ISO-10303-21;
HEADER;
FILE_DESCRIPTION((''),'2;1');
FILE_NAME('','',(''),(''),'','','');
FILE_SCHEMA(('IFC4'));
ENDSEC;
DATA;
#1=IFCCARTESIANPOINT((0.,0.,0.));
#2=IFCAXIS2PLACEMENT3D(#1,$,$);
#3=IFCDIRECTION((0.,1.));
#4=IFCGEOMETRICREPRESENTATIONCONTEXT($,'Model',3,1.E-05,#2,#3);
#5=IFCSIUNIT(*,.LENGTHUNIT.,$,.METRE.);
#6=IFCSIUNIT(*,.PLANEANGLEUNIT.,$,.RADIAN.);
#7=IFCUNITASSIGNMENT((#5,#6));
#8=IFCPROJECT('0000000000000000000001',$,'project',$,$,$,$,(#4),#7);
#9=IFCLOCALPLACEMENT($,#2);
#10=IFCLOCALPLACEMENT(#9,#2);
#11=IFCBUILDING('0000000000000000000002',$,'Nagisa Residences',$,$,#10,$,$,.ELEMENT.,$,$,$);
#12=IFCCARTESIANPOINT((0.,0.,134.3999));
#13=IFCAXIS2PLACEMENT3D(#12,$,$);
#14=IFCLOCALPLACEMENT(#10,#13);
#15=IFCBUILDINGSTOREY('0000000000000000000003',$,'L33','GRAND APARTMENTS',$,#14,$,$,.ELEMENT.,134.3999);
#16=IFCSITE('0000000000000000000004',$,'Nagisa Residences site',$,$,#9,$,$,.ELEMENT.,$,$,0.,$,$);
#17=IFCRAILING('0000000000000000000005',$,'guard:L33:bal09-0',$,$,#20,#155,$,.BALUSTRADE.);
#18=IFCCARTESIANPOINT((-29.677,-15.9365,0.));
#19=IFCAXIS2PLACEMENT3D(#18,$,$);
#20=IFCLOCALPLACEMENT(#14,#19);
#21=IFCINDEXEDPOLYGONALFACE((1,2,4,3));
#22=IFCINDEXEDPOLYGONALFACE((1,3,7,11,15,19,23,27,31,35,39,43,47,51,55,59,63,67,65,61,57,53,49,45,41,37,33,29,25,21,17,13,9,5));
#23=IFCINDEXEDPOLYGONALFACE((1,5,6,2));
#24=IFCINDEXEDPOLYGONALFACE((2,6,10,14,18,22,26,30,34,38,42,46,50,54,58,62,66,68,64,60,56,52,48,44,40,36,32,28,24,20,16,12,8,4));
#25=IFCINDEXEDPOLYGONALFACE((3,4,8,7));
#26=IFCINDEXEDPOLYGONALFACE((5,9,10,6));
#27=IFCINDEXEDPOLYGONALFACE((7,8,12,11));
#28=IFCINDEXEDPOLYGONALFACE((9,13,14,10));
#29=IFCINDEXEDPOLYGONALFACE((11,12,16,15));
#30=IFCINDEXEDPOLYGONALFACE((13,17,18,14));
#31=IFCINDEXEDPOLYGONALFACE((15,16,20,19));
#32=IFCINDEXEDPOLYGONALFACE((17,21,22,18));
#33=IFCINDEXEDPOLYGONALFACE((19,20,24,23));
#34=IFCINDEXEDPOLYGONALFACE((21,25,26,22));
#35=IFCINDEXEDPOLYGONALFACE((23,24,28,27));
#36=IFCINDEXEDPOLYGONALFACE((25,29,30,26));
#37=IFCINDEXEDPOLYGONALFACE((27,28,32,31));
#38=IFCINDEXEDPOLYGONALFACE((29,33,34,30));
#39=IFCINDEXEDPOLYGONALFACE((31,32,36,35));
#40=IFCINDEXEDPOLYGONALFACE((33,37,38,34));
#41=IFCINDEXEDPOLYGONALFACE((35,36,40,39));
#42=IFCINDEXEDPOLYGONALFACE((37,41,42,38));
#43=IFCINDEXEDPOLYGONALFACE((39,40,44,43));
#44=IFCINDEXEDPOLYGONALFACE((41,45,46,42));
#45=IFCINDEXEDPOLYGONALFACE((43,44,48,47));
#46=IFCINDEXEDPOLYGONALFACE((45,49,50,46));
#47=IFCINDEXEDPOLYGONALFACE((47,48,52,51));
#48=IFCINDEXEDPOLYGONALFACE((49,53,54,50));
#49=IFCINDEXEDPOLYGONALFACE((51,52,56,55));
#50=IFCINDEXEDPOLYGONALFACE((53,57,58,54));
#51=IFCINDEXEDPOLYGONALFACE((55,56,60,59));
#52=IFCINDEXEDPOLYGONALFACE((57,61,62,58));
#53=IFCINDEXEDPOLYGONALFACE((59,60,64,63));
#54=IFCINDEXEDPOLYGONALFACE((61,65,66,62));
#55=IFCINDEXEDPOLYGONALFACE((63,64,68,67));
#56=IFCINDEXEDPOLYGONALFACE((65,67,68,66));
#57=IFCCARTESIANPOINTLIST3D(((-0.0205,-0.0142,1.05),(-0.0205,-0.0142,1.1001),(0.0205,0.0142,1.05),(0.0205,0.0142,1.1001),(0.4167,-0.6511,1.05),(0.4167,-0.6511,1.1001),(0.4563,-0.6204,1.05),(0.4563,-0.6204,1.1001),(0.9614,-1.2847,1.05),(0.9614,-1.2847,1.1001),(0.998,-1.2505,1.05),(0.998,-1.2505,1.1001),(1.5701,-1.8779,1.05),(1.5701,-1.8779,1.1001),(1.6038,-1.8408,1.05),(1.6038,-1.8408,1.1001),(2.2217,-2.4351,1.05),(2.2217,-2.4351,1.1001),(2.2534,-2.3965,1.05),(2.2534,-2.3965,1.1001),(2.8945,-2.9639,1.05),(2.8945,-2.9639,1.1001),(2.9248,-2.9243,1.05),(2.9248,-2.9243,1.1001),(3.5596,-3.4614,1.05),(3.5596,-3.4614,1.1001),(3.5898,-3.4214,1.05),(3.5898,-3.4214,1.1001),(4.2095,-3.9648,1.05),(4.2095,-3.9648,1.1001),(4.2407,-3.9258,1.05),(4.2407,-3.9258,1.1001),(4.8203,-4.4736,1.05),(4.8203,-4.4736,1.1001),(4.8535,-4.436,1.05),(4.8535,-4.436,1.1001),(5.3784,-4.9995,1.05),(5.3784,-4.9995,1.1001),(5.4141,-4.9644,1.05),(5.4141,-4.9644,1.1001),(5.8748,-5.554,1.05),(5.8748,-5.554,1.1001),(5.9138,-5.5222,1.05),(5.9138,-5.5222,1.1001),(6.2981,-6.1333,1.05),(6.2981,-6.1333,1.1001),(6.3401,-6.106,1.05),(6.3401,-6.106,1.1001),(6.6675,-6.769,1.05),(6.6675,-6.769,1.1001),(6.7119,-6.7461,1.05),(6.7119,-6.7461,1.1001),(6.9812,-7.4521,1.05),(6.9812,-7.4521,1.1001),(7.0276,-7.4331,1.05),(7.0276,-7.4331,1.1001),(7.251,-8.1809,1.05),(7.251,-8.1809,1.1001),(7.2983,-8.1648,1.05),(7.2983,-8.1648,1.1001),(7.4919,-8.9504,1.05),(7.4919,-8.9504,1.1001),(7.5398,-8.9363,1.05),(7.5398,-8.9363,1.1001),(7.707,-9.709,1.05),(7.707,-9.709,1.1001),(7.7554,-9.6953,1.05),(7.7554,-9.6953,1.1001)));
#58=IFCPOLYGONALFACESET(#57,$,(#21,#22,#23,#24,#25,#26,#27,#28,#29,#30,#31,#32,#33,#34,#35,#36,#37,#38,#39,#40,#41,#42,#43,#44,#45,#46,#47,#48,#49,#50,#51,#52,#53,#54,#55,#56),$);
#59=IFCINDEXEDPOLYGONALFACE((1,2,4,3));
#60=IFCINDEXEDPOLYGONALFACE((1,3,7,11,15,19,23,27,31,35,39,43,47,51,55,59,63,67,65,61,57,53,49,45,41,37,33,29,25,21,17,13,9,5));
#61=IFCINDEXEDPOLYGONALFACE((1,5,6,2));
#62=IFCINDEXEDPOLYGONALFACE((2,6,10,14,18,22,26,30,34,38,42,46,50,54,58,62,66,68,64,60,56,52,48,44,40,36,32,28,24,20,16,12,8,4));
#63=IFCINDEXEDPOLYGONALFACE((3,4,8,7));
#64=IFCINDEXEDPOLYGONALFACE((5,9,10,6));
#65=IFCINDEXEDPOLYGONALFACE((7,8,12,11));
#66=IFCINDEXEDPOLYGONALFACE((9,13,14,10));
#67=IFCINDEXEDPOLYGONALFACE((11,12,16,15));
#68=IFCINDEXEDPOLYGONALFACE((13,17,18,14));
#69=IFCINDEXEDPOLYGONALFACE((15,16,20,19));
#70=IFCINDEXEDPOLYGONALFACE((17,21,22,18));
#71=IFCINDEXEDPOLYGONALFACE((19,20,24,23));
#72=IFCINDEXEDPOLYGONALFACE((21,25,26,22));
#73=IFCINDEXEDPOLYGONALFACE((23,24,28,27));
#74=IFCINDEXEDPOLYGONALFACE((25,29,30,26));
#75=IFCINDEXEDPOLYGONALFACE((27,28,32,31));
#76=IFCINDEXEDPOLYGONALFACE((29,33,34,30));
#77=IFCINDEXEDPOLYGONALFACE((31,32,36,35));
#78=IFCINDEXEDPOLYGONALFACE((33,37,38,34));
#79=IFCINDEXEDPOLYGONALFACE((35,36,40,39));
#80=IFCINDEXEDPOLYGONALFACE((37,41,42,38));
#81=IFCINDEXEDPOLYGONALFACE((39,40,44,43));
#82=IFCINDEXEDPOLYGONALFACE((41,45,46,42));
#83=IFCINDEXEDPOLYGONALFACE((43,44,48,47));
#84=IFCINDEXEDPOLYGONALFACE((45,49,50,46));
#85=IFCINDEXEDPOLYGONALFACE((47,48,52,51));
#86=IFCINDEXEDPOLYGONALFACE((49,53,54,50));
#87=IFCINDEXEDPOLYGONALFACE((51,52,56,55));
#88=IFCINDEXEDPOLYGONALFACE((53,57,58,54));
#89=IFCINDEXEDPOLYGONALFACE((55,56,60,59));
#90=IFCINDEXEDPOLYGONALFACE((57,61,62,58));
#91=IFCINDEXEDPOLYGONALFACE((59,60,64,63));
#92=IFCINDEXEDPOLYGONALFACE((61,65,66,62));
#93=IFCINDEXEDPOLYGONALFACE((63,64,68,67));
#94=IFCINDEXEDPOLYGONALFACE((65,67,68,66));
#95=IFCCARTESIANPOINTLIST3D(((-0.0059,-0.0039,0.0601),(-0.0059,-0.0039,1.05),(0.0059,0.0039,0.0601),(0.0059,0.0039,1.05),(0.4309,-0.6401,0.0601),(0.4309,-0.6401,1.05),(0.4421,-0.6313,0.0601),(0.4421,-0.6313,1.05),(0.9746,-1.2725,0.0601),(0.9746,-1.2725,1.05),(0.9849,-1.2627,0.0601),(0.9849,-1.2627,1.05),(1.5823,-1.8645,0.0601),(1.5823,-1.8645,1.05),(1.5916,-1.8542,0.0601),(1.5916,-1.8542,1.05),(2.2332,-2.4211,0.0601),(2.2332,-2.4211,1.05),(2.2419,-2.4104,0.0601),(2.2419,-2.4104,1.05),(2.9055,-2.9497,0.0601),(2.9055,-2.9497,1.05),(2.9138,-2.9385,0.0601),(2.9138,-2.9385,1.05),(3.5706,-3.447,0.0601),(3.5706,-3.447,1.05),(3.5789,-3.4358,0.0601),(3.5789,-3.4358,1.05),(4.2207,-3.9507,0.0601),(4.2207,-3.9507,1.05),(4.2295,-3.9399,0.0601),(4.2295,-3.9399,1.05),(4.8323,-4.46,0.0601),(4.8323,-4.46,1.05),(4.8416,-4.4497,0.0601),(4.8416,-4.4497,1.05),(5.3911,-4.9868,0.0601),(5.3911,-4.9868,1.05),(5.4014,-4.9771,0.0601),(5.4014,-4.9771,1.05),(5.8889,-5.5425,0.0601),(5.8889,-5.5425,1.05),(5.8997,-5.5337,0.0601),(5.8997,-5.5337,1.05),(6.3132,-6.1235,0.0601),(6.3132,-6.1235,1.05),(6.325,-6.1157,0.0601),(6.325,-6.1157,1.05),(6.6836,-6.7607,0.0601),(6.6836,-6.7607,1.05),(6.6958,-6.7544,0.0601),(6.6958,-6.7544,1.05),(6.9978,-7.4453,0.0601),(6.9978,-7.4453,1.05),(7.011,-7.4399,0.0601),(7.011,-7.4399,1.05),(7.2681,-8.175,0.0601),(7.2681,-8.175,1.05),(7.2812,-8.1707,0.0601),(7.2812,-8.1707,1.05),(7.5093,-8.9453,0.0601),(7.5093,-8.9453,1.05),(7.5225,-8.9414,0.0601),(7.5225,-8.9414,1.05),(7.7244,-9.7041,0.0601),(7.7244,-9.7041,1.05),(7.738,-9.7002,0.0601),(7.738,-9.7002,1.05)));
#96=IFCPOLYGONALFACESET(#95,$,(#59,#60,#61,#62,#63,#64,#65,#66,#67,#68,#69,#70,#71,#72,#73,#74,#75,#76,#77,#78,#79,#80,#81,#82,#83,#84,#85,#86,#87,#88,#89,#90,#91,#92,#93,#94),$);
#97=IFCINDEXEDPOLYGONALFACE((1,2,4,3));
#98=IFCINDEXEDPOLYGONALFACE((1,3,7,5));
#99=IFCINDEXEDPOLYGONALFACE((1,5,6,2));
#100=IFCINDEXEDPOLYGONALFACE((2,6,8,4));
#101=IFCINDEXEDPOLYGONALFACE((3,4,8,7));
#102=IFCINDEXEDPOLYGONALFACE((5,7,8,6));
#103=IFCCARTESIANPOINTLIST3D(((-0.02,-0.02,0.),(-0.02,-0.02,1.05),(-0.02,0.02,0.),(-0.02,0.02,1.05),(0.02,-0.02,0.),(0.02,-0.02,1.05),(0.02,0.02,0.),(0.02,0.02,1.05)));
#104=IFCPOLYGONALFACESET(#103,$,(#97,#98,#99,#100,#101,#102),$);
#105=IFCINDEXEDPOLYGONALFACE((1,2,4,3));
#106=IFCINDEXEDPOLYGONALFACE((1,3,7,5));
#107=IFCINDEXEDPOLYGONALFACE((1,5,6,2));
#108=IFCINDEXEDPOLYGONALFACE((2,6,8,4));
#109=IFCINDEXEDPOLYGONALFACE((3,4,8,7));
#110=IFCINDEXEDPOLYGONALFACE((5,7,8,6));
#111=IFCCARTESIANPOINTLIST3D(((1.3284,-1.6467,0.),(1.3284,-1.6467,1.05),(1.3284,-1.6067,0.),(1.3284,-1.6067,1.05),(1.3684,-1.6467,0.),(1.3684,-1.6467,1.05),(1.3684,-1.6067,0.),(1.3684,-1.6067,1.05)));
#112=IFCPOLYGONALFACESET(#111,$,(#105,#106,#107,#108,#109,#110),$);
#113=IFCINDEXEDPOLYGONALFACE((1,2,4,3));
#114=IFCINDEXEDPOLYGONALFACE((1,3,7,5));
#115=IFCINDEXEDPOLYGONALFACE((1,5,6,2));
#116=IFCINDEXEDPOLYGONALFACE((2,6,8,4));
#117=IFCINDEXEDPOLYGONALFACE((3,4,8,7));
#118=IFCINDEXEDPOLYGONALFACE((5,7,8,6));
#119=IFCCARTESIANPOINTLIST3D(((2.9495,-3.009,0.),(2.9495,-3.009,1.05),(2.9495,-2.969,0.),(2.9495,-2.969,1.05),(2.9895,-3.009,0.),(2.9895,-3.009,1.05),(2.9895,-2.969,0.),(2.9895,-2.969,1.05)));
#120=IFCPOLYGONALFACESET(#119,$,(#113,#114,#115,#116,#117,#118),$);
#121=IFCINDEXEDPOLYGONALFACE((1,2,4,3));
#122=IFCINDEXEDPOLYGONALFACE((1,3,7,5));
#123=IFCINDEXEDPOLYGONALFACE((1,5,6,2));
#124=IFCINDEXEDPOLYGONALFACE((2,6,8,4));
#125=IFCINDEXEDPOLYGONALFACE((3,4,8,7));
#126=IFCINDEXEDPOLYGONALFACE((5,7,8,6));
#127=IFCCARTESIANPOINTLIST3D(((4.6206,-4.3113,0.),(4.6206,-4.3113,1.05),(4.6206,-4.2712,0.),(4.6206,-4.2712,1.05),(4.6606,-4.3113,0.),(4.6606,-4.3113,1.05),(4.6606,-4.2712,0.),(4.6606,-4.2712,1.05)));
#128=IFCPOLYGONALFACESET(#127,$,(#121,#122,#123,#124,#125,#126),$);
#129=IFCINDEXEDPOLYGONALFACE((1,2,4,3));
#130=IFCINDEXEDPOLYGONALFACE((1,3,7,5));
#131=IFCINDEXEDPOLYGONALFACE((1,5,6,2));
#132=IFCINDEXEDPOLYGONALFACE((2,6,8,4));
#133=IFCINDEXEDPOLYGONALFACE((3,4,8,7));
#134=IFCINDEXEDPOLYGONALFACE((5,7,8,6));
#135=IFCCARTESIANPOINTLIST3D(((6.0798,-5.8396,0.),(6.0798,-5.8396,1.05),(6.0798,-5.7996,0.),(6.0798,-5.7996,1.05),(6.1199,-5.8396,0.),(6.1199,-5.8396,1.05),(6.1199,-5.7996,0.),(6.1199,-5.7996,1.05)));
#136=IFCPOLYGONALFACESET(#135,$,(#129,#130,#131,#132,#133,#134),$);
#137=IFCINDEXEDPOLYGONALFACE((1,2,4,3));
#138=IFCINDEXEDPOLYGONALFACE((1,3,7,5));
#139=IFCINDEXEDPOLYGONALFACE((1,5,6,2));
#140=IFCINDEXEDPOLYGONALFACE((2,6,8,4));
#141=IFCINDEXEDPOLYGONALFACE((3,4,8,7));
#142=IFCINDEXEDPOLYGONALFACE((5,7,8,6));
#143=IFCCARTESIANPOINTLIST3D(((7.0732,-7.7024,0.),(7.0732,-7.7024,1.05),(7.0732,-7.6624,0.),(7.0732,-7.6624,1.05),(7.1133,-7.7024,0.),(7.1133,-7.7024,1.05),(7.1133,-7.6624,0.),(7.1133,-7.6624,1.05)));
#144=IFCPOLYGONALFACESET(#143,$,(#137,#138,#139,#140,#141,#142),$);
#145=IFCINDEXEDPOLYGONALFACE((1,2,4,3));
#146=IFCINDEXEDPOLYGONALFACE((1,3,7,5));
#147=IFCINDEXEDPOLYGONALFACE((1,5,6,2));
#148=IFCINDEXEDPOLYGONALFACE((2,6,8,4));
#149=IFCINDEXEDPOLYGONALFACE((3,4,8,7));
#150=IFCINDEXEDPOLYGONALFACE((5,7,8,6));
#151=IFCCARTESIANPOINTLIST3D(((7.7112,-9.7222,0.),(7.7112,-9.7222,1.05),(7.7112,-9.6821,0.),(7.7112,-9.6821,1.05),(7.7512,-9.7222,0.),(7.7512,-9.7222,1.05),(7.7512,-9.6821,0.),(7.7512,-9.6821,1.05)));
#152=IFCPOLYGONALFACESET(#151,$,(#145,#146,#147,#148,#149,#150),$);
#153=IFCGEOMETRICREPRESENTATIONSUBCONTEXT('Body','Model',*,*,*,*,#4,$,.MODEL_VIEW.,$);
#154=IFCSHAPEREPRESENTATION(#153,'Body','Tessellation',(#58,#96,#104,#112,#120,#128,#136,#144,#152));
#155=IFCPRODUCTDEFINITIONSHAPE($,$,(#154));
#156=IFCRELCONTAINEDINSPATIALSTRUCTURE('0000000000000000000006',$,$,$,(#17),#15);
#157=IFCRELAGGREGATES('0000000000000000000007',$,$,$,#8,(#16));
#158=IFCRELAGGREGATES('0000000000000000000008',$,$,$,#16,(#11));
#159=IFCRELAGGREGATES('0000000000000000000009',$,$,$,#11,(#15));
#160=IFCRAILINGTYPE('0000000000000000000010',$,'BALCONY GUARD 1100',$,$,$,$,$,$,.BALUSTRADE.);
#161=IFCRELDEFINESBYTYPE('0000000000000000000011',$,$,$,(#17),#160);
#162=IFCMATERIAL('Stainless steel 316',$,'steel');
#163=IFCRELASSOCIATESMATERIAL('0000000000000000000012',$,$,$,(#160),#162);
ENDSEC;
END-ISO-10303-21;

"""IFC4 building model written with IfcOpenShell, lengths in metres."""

from ifc_helpers import new_model, si_unit, direction, frame, origin, origin_2d, place, context, subcontext, project, spatial, polyline, rectangle, outline, extrude, material, type_object, element, save


model = new_model("IFC4")

# Units and contexts
model_context = context("Model", 3, precision=1e-05, world=origin(), true_north=direction((0.0, 1.0)))
body_context = subcontext(model_context, "Body", "Model", "MODEL_VIEW")
ifc_project = project(units=[si_unit("LENGTHUNIT", "METRE"), si_unit("PLANEANGLEUNIT", "RADIAN")], contexts=[model_context])

# Site, building, storey
site_placement = place(None, origin())
site = spatial("IfcSite", under=ifc_project, at=site_placement, Name="Nagisa Residences site", CompositionType="ELEMENT", RefElevation=0.0)
building_placement = place(site_placement, origin())
building = spatial("IfcBuilding", under=site, at=building_placement, Name="Nagisa Residences", CompositionType="ELEMENT")
storey_placement = place(building_placement, frame((0.0, 0.0, 134.3999)))
storey = spatial("IfcBuildingStorey", under=building, at=storey_placement, Name="L33", Description="GRAND APARTMENTS", CompositionType="ELEMENT", Elevation=134.3999)

# Railing
ifc_material_1 = material(Name="Stainless steel 316", Category="steel")
railing_type = type_object("IfcRailingType", Name="BALCONY GUARD 1100", PredefinedType="BALUSTRADE", material=ifc_material_1)
railing_1_placement = place(storey_placement, frame((-29.677, -15.9365, 0.0)))
element("IfcRailing", 1, at=railing_1_placement, inside=storey, type_object=railing_type, Name="guard:L33:bal09-0", PredefinedType="BALUSTRADE", context=body_context, shape_type="SweptSolid", body=[
    extrude(outline(polyline([(0.4563, -0.6204), (0.0205, 0.0142), (-0.0205, -0.0142), (0.4167, -0.6511), (0.9614, -1.2847), (1.5701, -1.8779), (2.2217, -2.4351), (2.8945, -2.9639), (3.5596, -3.4614), (4.2095, -3.9648), (4.8203, -4.4736), (5.3784, -4.9995), (5.8748, -5.554), (6.2981, -6.1333), (6.6675, -6.769), (6.9812, -7.4521), (7.251, -8.1809), (7.4919, -8.9504), (7.707, -9.709), (7.7554, -9.6953), (7.5398, -8.9363), (7.2983, -8.1648), (7.0276, -7.4331), (6.7119, -6.7461), (6.3401, -6.106), (5.9138, -5.5222), (5.4141, -4.9644), (4.8535, -4.436), (4.2407, -3.9258), (3.5898, -3.4214), (2.9248, -2.9243), (2.2534, -2.3965), (1.6038, -1.8408), (0.998, -1.2505), (0.4563, -0.6204)])), frame((0.0, 0.0, 1.05)), (0.0, 0.0, 1.0), 0.05),
    extrude(outline(polyline([(0.4421, -0.6313), (0.0059, 0.0039), (-0.0059, -0.0039), (0.4309, -0.6401), (0.9746, -1.2725), (1.5823, -1.8645), (2.2332, -2.4211), (2.9055, -2.9497), (3.5706, -3.447), (4.2207, -3.9507), (4.8323, -4.46), (5.3911, -4.9868), (5.8889, -5.5425), (6.3132, -6.1235), (6.6836, -6.7607), (6.9978, -7.4453), (7.2681, -8.175), (7.5093, -8.9453), (7.7244, -9.7041), (7.738, -9.7002), (7.5225, -8.9414), (7.2812, -8.1707), (7.011, -7.4399), (6.6958, -6.7544), (6.325, -6.1157), (5.8997, -5.5337), (5.4014, -4.9771), (4.8416, -4.4497), (4.2295, -3.9399), (3.5789, -3.4358), (2.9138, -2.9385), (2.2419, -2.4104), (1.5916, -1.8542), (0.9849, -1.2627), (0.4421, -0.6313)])), frame((0.0, 0.0, 0.0601)), (0.0, 0.0, 1.0), 0.99),
    extrude(rectangle(XDim=0.04, YDim=0.04, at=origin_2d()), origin(), (0.0, 0.0, 1.0), 1.05),
    extrude(rectangle(XDim=0.04, YDim=0.04, at=origin_2d()), frame((1.3484, -1.6267, 0.0)), (0.0, 0.0, 1.0), 1.05),
    extrude(rectangle(XDim=0.04, YDim=0.04, at=origin_2d()), frame((2.9695, -2.989, 0.0)), (0.0, 0.0, 1.0), 1.05),
    extrude(rectangle(XDim=0.04, YDim=0.04, at=origin_2d()), frame((4.6406, -4.2913, 0.0)), (0.0, 0.0, 1.0), 1.05),
    extrude(rectangle(XDim=0.04, YDim=0.04, at=origin_2d()), frame((6.0999, -5.8196, 0.0)), (0.0, 0.0, 1.0), 1.05),
    extrude(rectangle(XDim=0.04, YDim=0.04, at=origin_2d()), frame((7.0933, -7.6824, 0.0)), (0.0, 0.0, 1.0), 1.05),
    extrude(rectangle(XDim=0.04, YDim=0.04, at=origin_2d()), frame((7.7312, -9.7021, 0.0)), (0.0, 0.0, 1.0), 1.05),
])

save(model, "model.ifc")
